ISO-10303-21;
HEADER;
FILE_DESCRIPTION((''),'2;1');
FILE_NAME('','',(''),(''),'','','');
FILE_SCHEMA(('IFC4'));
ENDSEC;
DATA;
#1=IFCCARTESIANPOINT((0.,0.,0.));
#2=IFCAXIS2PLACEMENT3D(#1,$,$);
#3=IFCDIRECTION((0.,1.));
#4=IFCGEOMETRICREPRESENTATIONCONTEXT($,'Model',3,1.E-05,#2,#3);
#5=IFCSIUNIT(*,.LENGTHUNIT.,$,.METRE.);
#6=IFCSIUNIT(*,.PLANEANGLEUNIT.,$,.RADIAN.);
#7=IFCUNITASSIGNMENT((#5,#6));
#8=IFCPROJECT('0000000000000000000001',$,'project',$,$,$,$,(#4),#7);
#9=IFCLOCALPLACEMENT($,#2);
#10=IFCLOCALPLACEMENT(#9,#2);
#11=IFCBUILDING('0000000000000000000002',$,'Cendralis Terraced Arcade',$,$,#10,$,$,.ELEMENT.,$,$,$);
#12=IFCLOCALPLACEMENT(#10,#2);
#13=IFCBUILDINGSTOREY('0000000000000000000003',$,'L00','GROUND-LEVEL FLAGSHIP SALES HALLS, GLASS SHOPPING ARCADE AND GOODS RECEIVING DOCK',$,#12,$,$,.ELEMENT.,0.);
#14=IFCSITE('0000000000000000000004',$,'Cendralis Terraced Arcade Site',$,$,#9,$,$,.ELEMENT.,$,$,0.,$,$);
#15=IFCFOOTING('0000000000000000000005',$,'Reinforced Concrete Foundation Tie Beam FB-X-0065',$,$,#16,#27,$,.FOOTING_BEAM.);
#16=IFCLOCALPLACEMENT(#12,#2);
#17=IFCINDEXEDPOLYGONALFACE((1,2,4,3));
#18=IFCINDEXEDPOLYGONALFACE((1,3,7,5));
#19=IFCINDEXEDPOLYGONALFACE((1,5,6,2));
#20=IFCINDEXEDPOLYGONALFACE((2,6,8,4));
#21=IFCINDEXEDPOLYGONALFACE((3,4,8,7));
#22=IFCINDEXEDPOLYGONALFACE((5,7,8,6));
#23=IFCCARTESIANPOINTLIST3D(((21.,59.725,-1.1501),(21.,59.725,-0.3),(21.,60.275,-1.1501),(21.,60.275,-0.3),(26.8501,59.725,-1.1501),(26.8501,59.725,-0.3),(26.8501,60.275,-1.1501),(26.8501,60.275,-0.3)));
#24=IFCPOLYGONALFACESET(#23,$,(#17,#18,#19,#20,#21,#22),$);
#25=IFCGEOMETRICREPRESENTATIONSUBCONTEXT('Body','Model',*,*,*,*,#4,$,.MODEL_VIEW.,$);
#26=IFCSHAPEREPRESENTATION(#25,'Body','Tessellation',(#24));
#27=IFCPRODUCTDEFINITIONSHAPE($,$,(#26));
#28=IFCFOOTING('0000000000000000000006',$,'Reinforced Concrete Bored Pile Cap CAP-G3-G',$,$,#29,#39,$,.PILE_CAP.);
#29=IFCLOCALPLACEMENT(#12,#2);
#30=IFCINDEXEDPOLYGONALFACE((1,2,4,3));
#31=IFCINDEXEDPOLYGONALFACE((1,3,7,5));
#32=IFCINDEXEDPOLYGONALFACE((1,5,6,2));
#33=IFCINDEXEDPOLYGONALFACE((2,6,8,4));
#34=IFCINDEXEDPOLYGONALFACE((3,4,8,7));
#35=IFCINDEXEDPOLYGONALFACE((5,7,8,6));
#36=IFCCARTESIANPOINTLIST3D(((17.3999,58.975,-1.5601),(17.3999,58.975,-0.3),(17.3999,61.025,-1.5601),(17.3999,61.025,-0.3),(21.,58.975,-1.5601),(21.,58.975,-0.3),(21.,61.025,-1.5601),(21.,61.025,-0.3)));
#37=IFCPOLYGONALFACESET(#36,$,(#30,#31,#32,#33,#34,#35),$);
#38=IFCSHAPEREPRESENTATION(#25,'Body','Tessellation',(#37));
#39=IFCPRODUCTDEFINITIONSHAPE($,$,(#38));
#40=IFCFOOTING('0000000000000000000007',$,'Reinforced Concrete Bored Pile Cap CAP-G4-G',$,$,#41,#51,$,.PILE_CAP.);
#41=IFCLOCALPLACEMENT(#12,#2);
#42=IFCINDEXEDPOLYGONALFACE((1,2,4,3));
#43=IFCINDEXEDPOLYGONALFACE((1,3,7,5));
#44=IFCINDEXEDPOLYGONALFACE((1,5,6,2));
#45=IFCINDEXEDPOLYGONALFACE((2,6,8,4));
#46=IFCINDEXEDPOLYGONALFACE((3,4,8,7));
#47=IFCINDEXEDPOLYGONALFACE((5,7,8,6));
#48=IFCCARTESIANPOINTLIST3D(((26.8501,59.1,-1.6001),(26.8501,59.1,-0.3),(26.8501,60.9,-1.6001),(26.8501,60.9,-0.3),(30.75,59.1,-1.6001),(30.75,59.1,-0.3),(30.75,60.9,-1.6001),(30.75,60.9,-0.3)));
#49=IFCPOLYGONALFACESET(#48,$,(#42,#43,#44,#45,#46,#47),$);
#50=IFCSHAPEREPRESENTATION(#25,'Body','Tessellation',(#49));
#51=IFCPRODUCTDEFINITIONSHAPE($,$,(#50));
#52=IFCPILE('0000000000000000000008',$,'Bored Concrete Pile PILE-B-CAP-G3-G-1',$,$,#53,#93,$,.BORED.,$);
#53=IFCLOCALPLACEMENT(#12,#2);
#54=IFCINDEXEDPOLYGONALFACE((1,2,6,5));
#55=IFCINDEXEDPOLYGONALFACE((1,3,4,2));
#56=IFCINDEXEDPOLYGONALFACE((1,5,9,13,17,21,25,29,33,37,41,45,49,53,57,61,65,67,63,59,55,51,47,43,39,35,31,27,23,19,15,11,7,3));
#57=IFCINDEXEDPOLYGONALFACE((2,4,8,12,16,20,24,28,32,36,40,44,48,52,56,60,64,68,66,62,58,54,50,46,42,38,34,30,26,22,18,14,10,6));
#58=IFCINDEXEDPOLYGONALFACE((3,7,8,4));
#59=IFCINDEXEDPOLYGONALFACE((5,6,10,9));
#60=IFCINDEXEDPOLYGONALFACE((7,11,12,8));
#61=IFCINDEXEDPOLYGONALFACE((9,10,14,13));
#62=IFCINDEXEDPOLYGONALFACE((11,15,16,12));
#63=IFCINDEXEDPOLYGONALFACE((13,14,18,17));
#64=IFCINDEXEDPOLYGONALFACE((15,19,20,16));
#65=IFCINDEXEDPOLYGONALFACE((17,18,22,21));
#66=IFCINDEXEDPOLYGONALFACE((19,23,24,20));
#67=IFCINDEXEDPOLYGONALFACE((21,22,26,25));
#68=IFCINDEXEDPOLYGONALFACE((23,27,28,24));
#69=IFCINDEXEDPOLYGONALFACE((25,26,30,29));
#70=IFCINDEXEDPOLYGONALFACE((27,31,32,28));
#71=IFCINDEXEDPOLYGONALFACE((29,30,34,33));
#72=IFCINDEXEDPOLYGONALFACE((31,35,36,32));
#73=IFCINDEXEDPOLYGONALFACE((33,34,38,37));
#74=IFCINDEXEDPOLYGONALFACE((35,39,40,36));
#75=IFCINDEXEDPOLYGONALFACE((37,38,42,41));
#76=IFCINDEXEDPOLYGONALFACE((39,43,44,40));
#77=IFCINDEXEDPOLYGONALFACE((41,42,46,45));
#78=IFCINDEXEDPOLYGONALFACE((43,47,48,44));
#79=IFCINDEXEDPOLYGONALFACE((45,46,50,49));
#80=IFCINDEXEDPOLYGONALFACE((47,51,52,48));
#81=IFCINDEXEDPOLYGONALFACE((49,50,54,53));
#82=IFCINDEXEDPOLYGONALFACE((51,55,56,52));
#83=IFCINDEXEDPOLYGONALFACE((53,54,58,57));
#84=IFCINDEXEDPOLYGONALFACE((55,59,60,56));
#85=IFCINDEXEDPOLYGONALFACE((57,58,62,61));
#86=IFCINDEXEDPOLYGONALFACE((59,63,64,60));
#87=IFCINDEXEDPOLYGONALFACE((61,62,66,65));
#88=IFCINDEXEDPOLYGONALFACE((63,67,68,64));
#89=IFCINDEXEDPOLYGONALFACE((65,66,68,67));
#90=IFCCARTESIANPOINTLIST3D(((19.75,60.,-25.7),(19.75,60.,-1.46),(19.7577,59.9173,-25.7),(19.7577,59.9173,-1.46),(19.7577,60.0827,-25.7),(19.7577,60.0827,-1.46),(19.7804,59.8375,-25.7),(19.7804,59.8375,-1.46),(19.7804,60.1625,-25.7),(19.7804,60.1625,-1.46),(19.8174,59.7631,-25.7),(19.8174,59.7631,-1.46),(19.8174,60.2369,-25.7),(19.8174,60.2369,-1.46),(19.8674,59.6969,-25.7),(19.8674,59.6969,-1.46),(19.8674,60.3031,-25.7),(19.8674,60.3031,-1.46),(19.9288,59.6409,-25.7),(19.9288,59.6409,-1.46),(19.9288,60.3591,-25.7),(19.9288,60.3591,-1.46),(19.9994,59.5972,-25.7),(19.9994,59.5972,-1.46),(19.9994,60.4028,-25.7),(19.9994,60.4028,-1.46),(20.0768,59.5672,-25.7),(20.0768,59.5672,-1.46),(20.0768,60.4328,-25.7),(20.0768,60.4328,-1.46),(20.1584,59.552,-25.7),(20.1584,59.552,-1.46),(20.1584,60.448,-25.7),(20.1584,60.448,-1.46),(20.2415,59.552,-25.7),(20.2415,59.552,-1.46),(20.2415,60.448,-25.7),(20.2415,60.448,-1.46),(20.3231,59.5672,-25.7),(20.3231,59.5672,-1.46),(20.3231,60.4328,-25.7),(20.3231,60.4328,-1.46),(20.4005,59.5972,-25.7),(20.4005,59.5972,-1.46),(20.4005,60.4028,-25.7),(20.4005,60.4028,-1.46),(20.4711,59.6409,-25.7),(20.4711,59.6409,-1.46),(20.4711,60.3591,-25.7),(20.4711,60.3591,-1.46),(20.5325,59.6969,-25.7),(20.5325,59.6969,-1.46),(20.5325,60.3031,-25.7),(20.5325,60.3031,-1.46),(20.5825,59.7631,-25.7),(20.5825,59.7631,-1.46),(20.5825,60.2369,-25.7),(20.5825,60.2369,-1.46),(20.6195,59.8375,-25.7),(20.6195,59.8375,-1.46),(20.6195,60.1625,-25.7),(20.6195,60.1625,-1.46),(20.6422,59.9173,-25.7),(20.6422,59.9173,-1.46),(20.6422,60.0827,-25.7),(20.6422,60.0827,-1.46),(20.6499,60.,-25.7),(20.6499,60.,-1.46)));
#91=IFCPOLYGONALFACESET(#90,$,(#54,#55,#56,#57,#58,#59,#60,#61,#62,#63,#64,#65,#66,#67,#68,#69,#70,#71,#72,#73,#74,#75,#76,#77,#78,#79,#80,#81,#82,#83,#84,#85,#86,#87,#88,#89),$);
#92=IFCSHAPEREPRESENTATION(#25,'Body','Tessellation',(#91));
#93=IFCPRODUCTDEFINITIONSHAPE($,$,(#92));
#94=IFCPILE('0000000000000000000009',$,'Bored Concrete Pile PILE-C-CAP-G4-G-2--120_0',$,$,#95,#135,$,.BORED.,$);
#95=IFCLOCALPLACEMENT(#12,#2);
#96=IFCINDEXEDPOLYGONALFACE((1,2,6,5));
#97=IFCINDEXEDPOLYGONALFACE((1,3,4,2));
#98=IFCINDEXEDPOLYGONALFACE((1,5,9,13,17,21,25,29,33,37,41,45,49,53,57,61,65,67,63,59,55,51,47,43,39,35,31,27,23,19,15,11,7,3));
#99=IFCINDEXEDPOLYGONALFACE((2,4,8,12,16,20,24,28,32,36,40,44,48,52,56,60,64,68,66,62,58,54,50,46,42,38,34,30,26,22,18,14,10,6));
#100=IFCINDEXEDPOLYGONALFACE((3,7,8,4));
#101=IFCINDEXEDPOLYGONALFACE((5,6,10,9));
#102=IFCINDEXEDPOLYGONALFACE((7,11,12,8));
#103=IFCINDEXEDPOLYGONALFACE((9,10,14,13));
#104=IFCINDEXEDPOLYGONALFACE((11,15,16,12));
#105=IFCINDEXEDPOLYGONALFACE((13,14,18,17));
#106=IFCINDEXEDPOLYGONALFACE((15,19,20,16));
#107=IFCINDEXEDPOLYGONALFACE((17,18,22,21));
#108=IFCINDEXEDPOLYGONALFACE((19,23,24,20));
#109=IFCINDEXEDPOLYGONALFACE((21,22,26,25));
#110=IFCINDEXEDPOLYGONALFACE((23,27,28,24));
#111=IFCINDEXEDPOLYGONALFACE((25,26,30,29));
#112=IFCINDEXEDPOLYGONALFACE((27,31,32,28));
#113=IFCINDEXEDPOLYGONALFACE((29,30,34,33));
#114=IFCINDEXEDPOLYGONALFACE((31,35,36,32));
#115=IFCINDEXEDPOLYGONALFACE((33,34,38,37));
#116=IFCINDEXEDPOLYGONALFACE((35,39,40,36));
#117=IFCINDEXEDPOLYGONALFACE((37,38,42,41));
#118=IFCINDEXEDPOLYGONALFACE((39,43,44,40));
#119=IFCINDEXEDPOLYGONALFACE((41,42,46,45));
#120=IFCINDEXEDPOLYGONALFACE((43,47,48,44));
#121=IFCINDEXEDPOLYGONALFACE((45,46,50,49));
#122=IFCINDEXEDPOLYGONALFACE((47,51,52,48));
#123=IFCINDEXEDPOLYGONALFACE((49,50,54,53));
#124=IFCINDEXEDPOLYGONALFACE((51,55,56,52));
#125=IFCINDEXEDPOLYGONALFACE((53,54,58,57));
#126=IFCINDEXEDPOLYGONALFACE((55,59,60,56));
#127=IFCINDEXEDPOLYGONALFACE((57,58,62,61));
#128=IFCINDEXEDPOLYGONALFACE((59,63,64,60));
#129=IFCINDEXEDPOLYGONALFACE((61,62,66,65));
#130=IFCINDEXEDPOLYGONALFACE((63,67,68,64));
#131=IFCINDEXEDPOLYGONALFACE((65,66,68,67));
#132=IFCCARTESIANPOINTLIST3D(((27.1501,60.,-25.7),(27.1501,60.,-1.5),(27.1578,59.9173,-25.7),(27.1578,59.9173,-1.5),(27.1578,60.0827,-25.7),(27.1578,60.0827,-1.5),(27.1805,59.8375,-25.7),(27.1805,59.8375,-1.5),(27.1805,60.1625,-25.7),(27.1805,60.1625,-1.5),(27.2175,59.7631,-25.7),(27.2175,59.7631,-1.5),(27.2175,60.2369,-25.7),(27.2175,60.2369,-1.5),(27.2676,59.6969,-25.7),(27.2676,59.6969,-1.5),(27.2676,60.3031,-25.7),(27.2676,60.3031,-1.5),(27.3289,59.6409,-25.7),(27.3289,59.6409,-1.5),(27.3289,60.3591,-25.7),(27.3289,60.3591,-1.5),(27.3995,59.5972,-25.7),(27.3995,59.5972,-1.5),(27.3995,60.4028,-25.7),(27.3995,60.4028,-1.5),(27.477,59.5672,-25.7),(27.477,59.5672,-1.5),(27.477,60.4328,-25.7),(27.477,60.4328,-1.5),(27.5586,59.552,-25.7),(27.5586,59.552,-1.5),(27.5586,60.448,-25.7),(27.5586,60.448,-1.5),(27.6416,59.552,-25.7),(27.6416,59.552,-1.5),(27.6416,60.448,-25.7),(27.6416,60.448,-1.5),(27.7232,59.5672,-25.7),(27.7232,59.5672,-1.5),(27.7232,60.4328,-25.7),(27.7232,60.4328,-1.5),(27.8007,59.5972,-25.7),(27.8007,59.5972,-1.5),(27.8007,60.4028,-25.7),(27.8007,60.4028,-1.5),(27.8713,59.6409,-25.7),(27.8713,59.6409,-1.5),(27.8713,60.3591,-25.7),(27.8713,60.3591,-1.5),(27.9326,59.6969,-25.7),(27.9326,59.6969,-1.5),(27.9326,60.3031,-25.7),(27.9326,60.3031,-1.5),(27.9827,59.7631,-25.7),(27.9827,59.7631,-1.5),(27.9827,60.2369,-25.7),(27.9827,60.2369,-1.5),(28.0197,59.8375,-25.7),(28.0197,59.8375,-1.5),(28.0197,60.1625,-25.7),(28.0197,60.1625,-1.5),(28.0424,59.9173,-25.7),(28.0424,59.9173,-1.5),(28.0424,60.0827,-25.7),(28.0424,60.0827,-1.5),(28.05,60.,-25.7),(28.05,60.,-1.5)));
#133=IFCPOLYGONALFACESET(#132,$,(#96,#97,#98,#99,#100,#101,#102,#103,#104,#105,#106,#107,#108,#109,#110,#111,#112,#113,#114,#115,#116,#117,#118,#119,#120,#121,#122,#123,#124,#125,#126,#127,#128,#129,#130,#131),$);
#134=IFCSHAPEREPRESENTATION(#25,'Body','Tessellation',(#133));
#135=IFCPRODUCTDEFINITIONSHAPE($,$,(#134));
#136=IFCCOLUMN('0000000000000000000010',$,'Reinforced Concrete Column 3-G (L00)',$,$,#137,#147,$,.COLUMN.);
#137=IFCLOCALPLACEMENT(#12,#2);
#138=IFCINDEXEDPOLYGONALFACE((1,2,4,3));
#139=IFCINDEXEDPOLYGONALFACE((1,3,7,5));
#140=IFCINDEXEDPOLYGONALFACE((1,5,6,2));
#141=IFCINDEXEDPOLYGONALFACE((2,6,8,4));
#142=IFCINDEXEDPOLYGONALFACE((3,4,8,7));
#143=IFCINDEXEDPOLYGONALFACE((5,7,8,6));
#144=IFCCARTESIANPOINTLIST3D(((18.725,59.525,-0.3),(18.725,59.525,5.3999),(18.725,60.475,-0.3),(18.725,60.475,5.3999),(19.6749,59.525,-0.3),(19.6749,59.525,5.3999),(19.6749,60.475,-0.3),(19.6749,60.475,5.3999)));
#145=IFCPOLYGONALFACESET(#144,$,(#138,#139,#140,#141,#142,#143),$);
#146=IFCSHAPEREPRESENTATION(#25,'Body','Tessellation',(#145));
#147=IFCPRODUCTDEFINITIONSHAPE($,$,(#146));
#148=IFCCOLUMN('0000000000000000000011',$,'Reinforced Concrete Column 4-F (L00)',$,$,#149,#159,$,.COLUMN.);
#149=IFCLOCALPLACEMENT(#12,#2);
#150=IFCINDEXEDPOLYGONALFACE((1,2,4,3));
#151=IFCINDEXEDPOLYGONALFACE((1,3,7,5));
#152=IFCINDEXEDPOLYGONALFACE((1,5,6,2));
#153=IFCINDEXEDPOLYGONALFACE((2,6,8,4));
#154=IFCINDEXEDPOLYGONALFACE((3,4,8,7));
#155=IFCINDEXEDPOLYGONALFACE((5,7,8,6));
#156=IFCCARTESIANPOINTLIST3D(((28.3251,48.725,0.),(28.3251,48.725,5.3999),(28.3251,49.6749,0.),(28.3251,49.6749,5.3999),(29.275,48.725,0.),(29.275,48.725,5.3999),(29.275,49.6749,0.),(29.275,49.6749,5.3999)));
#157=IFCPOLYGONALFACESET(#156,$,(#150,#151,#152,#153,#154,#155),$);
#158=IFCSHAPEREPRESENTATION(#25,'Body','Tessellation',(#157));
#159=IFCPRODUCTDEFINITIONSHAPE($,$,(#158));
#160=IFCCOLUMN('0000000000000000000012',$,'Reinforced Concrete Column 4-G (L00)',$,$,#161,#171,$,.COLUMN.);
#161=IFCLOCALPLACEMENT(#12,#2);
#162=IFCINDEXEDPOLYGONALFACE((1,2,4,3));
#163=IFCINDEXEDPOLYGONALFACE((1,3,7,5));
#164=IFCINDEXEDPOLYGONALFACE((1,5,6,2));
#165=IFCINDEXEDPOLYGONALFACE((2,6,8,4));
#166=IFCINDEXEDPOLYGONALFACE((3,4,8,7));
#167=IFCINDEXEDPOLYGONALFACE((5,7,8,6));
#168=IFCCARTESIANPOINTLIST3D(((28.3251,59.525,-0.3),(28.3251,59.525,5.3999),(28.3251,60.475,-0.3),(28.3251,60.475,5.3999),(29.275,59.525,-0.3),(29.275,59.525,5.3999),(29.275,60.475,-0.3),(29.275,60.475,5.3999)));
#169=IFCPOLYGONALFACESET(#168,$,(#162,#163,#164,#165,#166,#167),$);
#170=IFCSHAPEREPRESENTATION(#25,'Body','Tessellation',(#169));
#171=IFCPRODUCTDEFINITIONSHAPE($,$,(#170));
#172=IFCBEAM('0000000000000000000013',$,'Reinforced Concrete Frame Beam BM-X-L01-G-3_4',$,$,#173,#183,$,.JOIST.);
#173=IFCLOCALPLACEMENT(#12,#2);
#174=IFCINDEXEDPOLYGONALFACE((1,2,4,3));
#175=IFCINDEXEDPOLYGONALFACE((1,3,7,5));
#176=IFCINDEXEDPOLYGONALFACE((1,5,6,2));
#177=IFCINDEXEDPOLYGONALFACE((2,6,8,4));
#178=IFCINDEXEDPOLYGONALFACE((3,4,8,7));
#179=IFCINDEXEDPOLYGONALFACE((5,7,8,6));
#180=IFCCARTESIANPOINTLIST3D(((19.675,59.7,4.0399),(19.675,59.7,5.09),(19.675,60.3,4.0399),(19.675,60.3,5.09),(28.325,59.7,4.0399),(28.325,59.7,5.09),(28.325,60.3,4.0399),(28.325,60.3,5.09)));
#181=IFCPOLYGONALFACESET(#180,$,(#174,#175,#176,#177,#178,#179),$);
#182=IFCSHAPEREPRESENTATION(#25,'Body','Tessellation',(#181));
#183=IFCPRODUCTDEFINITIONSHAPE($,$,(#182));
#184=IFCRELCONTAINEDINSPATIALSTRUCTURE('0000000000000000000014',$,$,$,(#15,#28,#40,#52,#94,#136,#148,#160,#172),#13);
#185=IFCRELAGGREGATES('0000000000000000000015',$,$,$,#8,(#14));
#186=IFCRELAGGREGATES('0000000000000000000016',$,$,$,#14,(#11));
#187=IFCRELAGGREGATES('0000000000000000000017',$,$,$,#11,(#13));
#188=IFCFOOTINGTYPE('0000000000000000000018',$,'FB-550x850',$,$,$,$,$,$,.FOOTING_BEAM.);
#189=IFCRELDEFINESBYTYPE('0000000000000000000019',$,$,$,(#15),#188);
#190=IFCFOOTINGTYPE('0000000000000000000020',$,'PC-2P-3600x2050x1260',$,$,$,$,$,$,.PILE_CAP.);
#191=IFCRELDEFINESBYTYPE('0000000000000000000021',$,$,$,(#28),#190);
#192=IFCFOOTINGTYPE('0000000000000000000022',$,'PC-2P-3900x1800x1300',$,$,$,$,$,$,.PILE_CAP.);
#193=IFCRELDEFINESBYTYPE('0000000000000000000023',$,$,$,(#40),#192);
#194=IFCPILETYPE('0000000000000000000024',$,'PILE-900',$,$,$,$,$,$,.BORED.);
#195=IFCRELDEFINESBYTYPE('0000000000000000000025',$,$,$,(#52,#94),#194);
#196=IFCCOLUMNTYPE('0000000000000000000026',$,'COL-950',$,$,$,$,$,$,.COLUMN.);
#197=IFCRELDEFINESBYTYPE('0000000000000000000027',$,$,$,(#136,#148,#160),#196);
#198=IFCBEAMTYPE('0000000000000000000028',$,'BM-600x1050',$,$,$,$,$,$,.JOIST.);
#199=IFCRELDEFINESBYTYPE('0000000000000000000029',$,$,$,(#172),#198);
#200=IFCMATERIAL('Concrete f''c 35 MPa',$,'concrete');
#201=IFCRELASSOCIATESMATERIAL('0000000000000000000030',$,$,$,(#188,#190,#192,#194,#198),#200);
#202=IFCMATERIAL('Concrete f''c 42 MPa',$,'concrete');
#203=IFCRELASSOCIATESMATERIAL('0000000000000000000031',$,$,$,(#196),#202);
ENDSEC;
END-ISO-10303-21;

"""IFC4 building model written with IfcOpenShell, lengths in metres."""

from ifc_helpers import new_model, si_unit, direction, frame, origin, origin_2d, place, context, subcontext, project, spatial, rectangle, circle, extrude, material, material_profile, profile_set, type_object, element, save


model = new_model("IFC4")

# Units and contexts
model_context = context("Model", 3, precision=1e-05, world=origin(), true_north=direction((0.0, 1.0)))
body_context = subcontext(model_context, "Body", "Model", "MODEL_VIEW")
ifc_project = project(units=[si_unit("LENGTHUNIT", "METRE"), si_unit("PLANEANGLEUNIT", "RADIAN")], contexts=[model_context])

# Site, building, storey
site_placement = place(None, origin())
site = spatial("IfcSite", under=ifc_project, at=site_placement, Name="Cendralis Terraced Arcade Site", CompositionType="ELEMENT", RefElevation=0.0)
building_placement = place(site_placement, origin())
building = spatial("IfcBuilding", under=site, at=building_placement, Name="Cendralis Terraced Arcade", CompositionType="ELEMENT")
storey_placement = place(building_placement, origin())
storey = spatial("IfcBuildingStorey", under=building, at=storey_placement, Name="L00", Description="GROUND-LEVEL FLAGSHIP SALES HALLS, GLASS SHOPPING ARCADE AND GOODS RECEIVING DOCK", CompositionType="ELEMENT", Elevation=0.0)

# Footings
ifc_material_1 = material(Name="Concrete f'c 35 MPa", Category="concrete")
ifc_material_profile_1 = material_profile(ifc_material_1, rectangle(XDim=0.55, YDim=0.8501, at=origin_2d()), Name="FB-550x850", Category="LoadBearing")
ifc_profile_set_1 = profile_set([ifc_material_profile_1], Name="Concrete f'c 35 MPa")
footing_type_1 = type_object("IfcFootingType", Name="FB-550x850", PredefinedType="FOOTING_BEAM", material=ifc_profile_set_1)
footing_1_placement = place(storey_placement, frame((21.0, 60.0, -0.7251), z_axis=(1.0, 0.0, 0.0), x_axis=(0.0, 1.0, 0.0)))
element("IfcFooting", 1, at=footing_1_placement, inside=storey, type_object=footing_type_1, Name="Reinforced Concrete Foundation Tie Beam FB-X-0065", PredefinedType="FOOTING_BEAM", context=body_context, shape_type="SweptSolid", body=[
    extrude(rectangle(XDim=0.55, YDim=0.8501, at=origin_2d()), origin(), (0.0, 0.0, 1.0), 5.8501),
])
footing_type_2 = type_object("IfcFootingType", Name="PC-2P-3600x2050x1260", PredefinedType="PILE_CAP", material=ifc_material_1)
footing_2_placement = place(storey_placement, frame((19.2, 60.0, -1.5601), z_axis=(0.0, 0.0, 1.0), x_axis=(1.0, 0.0, 0.0)))
element("IfcFooting", 2, at=footing_2_placement, inside=storey, type_object=footing_type_2, Name="Reinforced Concrete Bored Pile Cap CAP-G3-G", PredefinedType="PILE_CAP", context=body_context, shape_type="SweptSolid", body=[
    extrude(rectangle(XDim=3.6001, YDim=2.05, at=origin_2d()), origin(), (0.0, 0.0, 1.0), 1.26),
])
footing_type_3 = type_object("IfcFootingType", Name="PC-2P-3900x1800x1300", PredefinedType="PILE_CAP", material=ifc_material_1)
footing_3_placement = place(storey_placement, frame((28.8, 60.0, -1.6001), z_axis=(0.0, 0.0, 1.0), x_axis=(1.0, 0.0, 0.0)))
element("IfcFooting", 3, at=footing_3_placement, inside=storey, type_object=footing_type_3, Name="Reinforced Concrete Bored Pile Cap CAP-G4-G", PredefinedType="PILE_CAP", context=body_context, shape_type="SweptSolid", body=[
    extrude(rectangle(XDim=3.8999, YDim=1.8, at=origin_2d()), origin(), (0.0, 0.0, 1.0), 1.3),
])

# Piles
ifc_material_profile_2 = material_profile(ifc_material_1, circle(Radius=0.45, at=origin_2d()), Name="PILE-D900", Category="LoadBearing")
ifc_profile_set_2 = profile_set([ifc_material_profile_2], Name="Concrete f'c 35 MPa")
pile_type = type_object("IfcPileType", Name="PILE-900", PredefinedType="BORED", material=ifc_profile_set_2)
pile_1_placement = place(storey_placement, frame((20.2, 60.0, -1.46), z_axis=(0.0, 0.0, -1.0), x_axis=(1.0, 0.0, 0.0)))
element("IfcPile", 4, at=pile_1_placement, inside=storey, type_object=pile_type, Name="Bored Concrete Pile PILE-B-CAP-G3-G-1", PredefinedType="BORED", context=body_context, shape_type="SweptSolid", body=[
    extrude(circle(Radius=0.45, at=origin_2d()), origin(), (0.0, 0.0, 1.0), 24.24),
])
pile_2_placement = place(storey_placement, frame((27.6001, 60.0, -1.5), z_axis=(0.0, 0.0, -1.0), x_axis=(1.0, 0.0, 0.0)))
element("IfcPile", 5, at=pile_2_placement, inside=storey, type_object=pile_type, Name="Bored Concrete Pile PILE-C-CAP-G4-G-2--120_0", PredefinedType="BORED", context=body_context, shape_type="SweptSolid", body=[
    extrude(circle(Radius=0.45, at=origin_2d()), origin(), (0.0, 0.0, 1.0), 24.2),
])

# Columns
ifc_material_2 = material(Name="Concrete f'c 42 MPa", Category="concrete")
ifc_material_profile_3 = material_profile(ifc_material_2, rectangle(XDim=0.95, YDim=0.95, at=origin_2d()), Name="RC-COL-950x950", Category="LoadBearing")
ifc_profile_set_3 = profile_set([ifc_material_profile_3], Name="Concrete f'c 42 MPa")
column_type = type_object("IfcColumnType", Name="COL-950", PredefinedType="COLUMN", material=ifc_profile_set_3)
column_1_placement = place(storey_placement, frame((19.2, 60.0, -0.3), z_axis=(0.0, 0.0, 1.0), x_axis=(1.0, 0.0, 0.0)))
element("IfcColumn", 6, at=column_1_placement, inside=storey, type_object=column_type, Name="Reinforced Concrete Column 3-G (L00)", PredefinedType="COLUMN", context=body_context, shape_type="SweptSolid", body=[
    extrude(rectangle(XDim=0.95, YDim=0.95, at=origin_2d()), origin(), (0.0, 0.0, 1.0), 5.7),
])
column_2_placement = place(storey_placement, frame((28.8, 49.2, 0.0), z_axis=(0.0, 0.0, 1.0), x_axis=(1.0, 0.0, 0.0)))
element("IfcColumn", 7, at=column_2_placement, inside=storey, type_object=column_type, Name="Reinforced Concrete Column 4-F (L00)", PredefinedType="COLUMN", context=body_context, shape_type="SweptSolid", body=[
    extrude(rectangle(XDim=0.95, YDim=0.95, at=origin_2d()), origin(), (0.0, 0.0, 1.0), 5.3999),
])
column_3_placement = place(storey_placement, frame((28.8, 60.0, -0.3), z_axis=(0.0, 0.0, 1.0), x_axis=(1.0, 0.0, 0.0)))
element("IfcColumn", 8, at=column_3_placement, inside=storey, type_object=column_type, Name="Reinforced Concrete Column 4-G (L00)", PredefinedType="COLUMN", context=body_context, shape_type="SweptSolid", body=[
    extrude(rectangle(XDim=0.95, YDim=0.95, at=origin_2d()), origin(), (0.0, 0.0, 1.0), 5.7),
])

# Beam
ifc_material_profile_4 = material_profile(ifc_material_1, rectangle(XDim=0.6001, YDim=1.05, at=origin_2d()), Name="RC-BM-600x1050", Category="LoadBearing")
ifc_profile_set_4 = profile_set([ifc_material_profile_4], Name="Concrete f'c 35 MPa")
beam_type_1 = type_object("IfcBeamType", Name="BM-600x1050", PredefinedType="JOIST", material=ifc_profile_set_4)
beam_1_placement = place(storey_placement, frame((19.675, 60.0, 4.5649), z_axis=(1.0, 0.0, 0.0), x_axis=(0.0, 1.0, 0.0)))
element("IfcBeam", 9, at=beam_1_placement, inside=storey, type_object=beam_type_1, Name="Reinforced Concrete Frame Beam BM-X-L01-G-3_4", PredefinedType="JOIST", context=body_context, shape_type="SweptSolid", body=[
    extrude(rectangle(XDim=0.6001, YDim=1.05, at=origin_2d()), origin(), (0.0, 0.0, 1.0), 8.6499),
])

save(model, "model.ifc")
